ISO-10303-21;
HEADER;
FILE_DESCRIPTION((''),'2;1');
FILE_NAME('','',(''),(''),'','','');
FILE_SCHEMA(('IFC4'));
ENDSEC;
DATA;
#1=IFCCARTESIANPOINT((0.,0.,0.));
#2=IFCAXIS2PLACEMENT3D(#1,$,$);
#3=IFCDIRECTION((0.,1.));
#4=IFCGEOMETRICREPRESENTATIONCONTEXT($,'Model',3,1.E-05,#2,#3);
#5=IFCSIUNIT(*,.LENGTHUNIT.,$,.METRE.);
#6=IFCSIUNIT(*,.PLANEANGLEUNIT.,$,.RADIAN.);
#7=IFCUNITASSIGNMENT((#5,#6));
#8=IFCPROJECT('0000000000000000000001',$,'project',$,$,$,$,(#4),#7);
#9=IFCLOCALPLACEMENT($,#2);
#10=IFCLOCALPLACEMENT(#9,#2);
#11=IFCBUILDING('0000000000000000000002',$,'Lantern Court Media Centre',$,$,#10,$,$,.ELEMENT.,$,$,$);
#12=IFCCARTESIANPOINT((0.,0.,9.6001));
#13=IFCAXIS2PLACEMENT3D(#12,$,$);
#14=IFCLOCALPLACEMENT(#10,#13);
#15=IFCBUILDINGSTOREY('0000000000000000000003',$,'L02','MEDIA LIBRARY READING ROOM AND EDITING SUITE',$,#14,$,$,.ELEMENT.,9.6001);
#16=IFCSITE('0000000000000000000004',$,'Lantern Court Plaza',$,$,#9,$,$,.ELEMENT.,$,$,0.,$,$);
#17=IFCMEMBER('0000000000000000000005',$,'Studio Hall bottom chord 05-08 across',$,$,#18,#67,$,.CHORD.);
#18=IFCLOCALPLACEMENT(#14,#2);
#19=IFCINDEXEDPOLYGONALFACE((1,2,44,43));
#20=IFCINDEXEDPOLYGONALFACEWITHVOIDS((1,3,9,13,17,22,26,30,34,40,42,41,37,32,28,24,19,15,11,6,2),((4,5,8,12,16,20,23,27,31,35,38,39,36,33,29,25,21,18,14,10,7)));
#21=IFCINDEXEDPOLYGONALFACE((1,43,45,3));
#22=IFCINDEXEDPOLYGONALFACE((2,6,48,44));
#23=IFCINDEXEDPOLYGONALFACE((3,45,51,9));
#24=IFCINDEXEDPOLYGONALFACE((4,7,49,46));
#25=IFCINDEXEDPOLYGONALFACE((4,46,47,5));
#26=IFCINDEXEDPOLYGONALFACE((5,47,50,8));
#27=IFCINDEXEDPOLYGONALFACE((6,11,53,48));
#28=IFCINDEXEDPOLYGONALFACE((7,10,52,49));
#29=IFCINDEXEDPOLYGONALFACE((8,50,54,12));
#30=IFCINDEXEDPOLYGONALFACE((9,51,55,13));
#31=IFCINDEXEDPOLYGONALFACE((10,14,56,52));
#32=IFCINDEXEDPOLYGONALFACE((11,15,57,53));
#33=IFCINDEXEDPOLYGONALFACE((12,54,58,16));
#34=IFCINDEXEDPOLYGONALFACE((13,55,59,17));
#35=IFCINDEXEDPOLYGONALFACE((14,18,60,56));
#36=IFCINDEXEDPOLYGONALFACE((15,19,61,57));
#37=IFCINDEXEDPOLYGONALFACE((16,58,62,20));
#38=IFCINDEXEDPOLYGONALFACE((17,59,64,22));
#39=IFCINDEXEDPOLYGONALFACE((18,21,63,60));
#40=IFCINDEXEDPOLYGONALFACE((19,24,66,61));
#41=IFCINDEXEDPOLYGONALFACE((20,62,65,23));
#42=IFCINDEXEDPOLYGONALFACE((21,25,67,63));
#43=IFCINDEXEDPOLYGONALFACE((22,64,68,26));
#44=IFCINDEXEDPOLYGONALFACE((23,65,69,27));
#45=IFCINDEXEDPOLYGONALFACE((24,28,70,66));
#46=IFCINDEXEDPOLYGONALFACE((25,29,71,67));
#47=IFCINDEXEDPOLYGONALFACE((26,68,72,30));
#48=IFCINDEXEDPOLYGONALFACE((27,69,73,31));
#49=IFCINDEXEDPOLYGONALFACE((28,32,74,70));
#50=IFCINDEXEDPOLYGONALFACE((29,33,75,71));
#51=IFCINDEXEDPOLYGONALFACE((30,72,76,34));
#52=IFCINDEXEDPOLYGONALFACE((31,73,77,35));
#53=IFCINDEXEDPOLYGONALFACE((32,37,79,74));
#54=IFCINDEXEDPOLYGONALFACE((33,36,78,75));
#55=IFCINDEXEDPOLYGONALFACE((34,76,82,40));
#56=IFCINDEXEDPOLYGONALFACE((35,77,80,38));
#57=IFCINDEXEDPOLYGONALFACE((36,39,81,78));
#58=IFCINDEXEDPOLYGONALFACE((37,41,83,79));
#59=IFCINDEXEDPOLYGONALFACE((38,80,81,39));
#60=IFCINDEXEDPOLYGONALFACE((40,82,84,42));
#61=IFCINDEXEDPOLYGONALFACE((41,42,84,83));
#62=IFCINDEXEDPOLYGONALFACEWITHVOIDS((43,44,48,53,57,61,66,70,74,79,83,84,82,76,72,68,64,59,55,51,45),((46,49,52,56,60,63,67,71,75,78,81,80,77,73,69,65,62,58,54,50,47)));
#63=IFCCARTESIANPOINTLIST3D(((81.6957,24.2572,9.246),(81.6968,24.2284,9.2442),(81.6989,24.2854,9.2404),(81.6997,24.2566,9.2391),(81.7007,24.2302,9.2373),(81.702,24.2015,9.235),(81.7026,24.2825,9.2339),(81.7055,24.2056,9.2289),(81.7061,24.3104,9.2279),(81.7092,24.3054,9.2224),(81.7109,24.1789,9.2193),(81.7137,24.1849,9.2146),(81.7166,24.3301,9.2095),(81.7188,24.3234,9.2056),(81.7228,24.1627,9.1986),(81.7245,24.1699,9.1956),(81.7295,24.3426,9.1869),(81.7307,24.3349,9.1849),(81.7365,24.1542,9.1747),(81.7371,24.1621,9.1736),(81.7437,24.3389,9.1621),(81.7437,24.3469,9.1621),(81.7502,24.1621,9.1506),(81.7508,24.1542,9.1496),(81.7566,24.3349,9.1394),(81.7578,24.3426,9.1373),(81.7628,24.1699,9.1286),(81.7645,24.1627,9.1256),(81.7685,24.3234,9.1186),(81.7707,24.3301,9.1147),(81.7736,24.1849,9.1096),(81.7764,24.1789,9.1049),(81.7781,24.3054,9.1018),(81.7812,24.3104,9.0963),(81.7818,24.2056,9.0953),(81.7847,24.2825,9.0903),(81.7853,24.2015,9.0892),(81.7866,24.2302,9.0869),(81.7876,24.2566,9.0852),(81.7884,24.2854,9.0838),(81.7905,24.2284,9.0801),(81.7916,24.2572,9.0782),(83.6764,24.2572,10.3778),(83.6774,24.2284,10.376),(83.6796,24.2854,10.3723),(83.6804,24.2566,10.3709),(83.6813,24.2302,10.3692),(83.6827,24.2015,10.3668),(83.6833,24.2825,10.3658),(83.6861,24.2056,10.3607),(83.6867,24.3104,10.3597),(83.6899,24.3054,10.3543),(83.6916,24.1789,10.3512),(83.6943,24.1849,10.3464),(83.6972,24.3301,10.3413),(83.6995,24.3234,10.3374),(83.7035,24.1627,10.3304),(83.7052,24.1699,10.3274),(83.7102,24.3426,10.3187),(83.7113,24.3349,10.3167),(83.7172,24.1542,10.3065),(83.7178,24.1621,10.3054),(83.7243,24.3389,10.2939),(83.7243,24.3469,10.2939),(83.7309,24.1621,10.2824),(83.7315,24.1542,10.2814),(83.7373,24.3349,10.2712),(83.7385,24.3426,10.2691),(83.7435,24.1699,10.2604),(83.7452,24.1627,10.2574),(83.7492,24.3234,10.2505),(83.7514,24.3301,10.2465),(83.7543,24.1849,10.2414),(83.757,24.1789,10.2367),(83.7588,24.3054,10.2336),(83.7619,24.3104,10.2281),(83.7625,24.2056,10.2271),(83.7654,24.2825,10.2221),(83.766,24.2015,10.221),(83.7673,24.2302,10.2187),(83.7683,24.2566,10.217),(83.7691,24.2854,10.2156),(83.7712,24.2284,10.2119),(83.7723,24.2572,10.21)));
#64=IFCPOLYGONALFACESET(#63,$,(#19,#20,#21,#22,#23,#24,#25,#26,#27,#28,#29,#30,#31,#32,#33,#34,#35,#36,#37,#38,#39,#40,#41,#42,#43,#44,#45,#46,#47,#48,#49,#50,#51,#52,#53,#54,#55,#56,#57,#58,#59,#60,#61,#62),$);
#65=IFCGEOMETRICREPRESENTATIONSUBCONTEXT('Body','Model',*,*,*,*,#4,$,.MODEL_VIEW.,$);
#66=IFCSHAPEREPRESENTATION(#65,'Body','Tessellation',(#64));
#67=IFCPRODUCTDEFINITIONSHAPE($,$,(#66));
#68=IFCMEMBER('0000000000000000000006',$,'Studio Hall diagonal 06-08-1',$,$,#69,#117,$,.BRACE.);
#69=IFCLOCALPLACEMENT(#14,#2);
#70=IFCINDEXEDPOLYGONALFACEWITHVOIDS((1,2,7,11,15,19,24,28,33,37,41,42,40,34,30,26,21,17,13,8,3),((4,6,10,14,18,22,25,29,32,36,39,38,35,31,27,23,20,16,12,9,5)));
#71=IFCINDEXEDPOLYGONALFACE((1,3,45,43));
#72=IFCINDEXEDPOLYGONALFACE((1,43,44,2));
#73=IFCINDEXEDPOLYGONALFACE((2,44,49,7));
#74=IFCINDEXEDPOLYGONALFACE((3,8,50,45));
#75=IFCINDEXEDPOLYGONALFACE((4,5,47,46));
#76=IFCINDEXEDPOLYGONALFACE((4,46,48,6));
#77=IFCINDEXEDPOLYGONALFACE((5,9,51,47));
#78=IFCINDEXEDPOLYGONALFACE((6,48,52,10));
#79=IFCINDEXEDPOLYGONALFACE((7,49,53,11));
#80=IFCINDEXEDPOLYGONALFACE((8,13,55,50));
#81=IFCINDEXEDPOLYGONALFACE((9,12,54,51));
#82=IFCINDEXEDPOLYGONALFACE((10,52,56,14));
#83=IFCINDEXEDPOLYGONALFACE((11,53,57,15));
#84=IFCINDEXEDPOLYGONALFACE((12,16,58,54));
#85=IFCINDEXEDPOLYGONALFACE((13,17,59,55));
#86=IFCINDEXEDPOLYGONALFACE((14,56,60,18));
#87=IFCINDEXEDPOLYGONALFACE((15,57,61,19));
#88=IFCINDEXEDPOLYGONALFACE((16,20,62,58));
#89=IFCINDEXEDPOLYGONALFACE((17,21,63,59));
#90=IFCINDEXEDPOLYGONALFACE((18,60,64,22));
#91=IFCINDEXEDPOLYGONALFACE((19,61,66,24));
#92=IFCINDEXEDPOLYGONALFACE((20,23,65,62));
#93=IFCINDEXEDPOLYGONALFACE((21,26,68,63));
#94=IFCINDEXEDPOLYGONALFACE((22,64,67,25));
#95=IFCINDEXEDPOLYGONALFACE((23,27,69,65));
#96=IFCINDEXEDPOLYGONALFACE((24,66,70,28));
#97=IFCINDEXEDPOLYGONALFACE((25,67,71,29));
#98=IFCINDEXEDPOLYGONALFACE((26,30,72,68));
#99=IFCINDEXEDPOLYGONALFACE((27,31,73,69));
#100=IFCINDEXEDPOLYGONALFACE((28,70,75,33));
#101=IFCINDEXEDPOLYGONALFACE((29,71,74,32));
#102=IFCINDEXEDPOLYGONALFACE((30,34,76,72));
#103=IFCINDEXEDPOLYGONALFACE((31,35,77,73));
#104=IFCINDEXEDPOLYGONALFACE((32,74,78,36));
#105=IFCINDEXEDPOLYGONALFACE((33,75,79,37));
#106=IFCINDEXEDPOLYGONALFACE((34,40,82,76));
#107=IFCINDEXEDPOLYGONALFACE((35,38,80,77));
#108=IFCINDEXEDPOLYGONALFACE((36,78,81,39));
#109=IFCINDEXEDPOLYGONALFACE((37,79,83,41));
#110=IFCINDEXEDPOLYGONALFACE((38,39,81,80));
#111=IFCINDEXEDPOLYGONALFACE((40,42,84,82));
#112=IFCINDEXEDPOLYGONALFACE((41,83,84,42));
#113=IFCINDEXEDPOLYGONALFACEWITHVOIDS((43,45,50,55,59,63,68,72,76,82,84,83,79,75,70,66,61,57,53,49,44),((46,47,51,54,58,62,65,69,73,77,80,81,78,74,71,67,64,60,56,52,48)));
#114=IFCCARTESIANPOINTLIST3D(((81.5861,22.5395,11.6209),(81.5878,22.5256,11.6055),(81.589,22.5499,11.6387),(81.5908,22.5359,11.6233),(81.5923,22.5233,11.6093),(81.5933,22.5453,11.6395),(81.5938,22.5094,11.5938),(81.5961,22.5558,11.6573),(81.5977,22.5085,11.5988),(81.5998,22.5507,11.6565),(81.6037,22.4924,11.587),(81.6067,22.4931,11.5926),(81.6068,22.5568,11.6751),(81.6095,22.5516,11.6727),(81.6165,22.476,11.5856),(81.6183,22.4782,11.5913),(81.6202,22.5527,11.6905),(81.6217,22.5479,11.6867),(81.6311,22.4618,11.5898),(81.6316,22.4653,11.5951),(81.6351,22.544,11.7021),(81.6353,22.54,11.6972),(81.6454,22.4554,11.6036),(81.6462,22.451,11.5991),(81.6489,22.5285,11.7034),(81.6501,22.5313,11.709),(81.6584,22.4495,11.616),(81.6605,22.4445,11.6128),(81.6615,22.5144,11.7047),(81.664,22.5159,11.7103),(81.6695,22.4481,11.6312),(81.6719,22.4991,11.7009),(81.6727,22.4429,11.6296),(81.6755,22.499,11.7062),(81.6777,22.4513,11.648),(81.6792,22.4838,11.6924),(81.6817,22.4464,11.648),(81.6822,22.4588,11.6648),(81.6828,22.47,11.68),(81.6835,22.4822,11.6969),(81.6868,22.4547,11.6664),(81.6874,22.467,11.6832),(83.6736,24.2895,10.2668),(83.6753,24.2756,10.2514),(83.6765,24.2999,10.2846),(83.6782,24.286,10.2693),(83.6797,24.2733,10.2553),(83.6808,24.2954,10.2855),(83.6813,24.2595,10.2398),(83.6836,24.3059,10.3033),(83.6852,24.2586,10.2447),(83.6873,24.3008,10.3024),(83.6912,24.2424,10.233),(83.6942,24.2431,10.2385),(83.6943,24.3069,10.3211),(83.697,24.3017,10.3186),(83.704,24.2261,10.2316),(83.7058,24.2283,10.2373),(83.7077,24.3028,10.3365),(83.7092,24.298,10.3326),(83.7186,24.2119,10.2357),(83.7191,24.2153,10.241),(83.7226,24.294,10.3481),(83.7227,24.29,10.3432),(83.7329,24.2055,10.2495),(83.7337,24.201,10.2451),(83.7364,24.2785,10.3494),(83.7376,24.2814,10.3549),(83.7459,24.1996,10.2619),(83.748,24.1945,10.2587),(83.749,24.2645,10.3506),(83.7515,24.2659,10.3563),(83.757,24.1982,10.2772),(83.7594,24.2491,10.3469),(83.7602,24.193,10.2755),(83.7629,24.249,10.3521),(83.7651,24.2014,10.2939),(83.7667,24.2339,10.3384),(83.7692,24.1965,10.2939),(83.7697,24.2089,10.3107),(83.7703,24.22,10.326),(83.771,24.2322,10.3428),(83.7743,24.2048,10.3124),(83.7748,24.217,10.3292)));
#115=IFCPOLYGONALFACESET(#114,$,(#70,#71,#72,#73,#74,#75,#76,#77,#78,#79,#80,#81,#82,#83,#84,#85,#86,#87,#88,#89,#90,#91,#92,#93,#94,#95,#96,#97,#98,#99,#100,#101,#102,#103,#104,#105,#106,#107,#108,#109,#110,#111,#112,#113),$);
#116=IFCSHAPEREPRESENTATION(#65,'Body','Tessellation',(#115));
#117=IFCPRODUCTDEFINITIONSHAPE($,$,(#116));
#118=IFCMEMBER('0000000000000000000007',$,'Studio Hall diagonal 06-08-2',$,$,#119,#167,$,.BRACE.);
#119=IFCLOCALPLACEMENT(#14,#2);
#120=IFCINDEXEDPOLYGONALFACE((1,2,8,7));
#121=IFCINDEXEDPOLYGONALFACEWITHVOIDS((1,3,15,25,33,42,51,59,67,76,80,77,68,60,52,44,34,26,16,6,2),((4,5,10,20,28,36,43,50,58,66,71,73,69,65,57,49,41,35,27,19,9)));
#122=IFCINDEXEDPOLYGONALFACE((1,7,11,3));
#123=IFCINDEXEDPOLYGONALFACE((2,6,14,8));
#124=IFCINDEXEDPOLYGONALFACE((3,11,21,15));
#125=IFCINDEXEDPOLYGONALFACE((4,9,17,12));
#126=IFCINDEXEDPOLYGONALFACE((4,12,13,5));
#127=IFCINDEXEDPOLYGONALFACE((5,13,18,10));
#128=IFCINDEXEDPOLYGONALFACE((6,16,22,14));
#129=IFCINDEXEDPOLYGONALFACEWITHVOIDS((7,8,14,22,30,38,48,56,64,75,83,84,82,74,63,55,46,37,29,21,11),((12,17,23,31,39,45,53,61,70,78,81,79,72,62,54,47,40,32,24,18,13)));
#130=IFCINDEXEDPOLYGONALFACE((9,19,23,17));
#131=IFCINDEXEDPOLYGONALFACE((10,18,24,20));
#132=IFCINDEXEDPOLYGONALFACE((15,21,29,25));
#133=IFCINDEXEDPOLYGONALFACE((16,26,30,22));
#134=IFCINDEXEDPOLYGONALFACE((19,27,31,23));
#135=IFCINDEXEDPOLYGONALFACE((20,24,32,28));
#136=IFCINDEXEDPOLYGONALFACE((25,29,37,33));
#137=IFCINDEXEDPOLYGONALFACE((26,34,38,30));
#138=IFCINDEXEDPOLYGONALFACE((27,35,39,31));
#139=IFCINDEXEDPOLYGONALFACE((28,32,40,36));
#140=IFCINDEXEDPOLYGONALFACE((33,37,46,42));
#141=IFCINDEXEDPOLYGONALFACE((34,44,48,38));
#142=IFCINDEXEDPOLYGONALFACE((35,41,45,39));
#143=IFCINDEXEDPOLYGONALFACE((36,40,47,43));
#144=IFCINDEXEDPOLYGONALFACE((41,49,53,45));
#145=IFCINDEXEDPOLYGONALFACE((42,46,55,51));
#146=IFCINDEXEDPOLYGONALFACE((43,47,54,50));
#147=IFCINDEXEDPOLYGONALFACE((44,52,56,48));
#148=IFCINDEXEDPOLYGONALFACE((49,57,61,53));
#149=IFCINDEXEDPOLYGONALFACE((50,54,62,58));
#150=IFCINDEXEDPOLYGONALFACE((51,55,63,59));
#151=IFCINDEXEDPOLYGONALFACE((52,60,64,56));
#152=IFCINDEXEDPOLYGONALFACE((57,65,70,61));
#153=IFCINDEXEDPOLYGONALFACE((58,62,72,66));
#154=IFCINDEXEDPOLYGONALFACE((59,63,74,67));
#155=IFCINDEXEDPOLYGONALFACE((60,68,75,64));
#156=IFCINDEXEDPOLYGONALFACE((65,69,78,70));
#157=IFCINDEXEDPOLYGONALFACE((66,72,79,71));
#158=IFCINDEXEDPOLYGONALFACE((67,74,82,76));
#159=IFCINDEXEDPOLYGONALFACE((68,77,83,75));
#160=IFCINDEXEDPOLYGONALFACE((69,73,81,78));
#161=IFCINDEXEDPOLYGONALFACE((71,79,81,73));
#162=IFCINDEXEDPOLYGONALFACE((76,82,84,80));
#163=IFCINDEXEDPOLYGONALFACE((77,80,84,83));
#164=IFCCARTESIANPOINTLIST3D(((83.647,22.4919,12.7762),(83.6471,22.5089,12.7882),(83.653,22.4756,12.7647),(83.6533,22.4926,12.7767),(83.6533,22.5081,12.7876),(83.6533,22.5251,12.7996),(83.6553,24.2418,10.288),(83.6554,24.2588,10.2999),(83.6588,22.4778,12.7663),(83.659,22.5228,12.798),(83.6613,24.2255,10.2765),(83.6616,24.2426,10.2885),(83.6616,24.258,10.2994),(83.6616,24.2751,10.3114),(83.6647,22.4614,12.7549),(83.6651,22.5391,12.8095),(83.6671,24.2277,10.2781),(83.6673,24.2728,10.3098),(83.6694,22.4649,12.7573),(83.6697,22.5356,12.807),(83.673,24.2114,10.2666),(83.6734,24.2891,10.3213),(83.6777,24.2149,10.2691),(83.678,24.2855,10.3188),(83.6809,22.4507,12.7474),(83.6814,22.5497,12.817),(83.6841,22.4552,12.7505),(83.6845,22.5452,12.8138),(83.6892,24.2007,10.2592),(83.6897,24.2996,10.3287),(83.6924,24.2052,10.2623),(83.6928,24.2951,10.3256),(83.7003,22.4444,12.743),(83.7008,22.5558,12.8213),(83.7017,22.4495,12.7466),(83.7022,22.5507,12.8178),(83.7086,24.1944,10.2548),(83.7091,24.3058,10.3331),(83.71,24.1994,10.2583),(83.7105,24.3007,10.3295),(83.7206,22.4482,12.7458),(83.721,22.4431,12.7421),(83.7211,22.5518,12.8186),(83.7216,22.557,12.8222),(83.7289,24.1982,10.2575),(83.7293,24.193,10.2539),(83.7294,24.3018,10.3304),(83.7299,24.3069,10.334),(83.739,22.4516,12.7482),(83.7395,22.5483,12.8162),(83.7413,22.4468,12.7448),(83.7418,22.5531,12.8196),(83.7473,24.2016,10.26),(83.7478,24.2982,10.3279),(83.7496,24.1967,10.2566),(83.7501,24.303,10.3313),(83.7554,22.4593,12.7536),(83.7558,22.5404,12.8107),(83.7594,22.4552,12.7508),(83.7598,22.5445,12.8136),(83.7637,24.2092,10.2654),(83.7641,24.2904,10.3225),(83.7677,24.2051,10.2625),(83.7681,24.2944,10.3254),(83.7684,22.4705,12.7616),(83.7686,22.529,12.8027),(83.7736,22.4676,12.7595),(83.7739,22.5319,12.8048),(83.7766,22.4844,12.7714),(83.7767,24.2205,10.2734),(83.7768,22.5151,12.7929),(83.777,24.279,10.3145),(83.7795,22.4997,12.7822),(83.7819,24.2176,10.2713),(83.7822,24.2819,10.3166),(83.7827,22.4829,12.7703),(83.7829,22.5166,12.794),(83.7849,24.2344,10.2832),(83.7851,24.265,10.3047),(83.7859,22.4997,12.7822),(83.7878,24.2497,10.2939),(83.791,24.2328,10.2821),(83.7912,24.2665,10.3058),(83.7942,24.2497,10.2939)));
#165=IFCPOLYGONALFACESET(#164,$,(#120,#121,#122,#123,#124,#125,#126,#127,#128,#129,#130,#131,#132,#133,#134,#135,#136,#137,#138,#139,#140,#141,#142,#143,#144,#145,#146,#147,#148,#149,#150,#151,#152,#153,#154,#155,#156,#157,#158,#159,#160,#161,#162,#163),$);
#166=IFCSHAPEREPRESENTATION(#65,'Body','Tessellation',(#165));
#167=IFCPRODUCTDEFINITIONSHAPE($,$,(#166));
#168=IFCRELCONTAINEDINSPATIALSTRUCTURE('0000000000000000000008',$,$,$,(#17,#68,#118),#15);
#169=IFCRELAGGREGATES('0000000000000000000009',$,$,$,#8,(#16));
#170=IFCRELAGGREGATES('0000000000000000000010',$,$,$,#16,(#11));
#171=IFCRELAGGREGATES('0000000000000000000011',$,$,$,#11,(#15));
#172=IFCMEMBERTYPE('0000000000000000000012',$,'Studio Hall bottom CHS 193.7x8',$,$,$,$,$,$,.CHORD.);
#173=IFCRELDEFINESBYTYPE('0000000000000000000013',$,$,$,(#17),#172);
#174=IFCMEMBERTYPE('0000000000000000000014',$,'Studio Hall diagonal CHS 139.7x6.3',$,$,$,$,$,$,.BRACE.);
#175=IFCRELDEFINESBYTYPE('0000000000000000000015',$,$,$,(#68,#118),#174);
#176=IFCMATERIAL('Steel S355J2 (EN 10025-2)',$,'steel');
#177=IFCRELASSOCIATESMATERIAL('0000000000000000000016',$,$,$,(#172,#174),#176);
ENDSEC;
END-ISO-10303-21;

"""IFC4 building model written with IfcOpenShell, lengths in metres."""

from ifc_helpers import new_model, si_unit, direction, frame, origin, origin_2d, place, context, subcontext, project, spatial, hollow_circle, extrude, material, material_profile, profile_set, type_object, element, save


model = new_model("IFC4")

# Units and contexts
model_context = context("Model", 3, precision=1e-05, world=origin(), true_north=direction((0.0, 1.0)))
body_context = subcontext(model_context, "Body", "Model", "MODEL_VIEW")
ifc_project = project(units=[si_unit("LENGTHUNIT", "METRE"), si_unit("PLANEANGLEUNIT", "RADIAN")], contexts=[model_context])

# Site, building, storey
site_placement = place(None, origin())
site = spatial("IfcSite", under=ifc_project, at=site_placement, Name="Lantern Court Plaza", CompositionType="ELEMENT", RefElevation=0.0)
building_placement = place(site_placement, origin())
building = spatial("IfcBuilding", under=site, at=building_placement, Name="Lantern Court Media Centre", CompositionType="ELEMENT")
storey_placement = place(building_placement, frame((0.0, 0.0, 9.6001)))
storey = spatial("IfcBuildingStorey", under=building, at=storey_placement, Name="L02", Description="MEDIA LIBRARY READING ROOM AND EDITING SUITE", CompositionType="ELEMENT", Elevation=9.6001)

# Members
ifc_material = material(Name="Steel S355J2 (EN 10025-2)", Category="steel")
ifc_material_profile_1 = material_profile(ifc_material, hollow_circle(Radius=0.0969, WallThickness=0.0081, at=origin_2d()), Name="Studio Hall bottom CHS 193.7x8")
ifc_profile_set_1 = profile_set([ifc_material_profile_1], Name="Steel S355J2 (EN 10025-2)")
member_type_1 = type_object("IfcMemberType", Name="Studio Hall bottom CHS 193.7x8", PredefinedType="CHORD", material=ifc_profile_set_1)
member_1_placement = place(storey_placement, frame((81.7437, 24.25, 9.1621), z_axis=(0.868243, 0.0, 0.496139), x_axis=(0.0, 1.0, 0.0)))
element("IfcMember", 1, at=member_1_placement, inside=storey, type_object=member_type_1, Name="Studio Hall bottom chord 05-08 across", PredefinedType="CHORD", context=body_context, shape_type="SweptSolid", body=[
    extrude(hollow_circle(Radius=0.0969, WallThickness=0.0081, at=origin_2d()), origin(), (0.0, 0.0, 1.0), 2.2812),
])
ifc_material_profile_2 = material_profile(ifc_material, hollow_circle(Radius=0.0698, WallThickness=0.0063, at=origin_2d()), Name="Studio Hall diagonal CHS 139.7x6.3")
ifc_profile_set_2 = profile_set([ifc_material_profile_2], Name="Steel S355J2 (EN 10025-2)")
member_type_2 = type_object("IfcMemberType", Name="Studio Hall diagonal CHS 139.7x6.3", PredefinedType="BRACE", material=ifc_profile_set_2)
for number, where, z_axis, x_axis, name in (
    (2, (83.7244, 24.25, 10.2939), (-0.68622, -0.575301, 0.44512), (0.642456, -0.766322, 0.0), "Studio Hall diagonal 06-08-1"),
    (3, (83.7244, 24.25, 10.2939), (-0.002729, -0.575269, 0.81796), (0.999989, -0.004743, 0.0), "Studio Hall diagonal 06-08-2"),
):
    element("IfcMember", number, at=place(storey_placement, frame(where, z_axis=z_axis, x_axis=x_axis)), inside=storey, type_object=member_type_2, Name=name, PredefinedType="BRACE", context=body_context, shape_type="SweptSolid", body=[
        extrude(hollow_circle(Radius=0.0698, WallThickness=0.0063, at=origin_2d()), origin(), (0.0, 0.0, 1.0), 3.042),
    ])

save(model, "model.ifc")
